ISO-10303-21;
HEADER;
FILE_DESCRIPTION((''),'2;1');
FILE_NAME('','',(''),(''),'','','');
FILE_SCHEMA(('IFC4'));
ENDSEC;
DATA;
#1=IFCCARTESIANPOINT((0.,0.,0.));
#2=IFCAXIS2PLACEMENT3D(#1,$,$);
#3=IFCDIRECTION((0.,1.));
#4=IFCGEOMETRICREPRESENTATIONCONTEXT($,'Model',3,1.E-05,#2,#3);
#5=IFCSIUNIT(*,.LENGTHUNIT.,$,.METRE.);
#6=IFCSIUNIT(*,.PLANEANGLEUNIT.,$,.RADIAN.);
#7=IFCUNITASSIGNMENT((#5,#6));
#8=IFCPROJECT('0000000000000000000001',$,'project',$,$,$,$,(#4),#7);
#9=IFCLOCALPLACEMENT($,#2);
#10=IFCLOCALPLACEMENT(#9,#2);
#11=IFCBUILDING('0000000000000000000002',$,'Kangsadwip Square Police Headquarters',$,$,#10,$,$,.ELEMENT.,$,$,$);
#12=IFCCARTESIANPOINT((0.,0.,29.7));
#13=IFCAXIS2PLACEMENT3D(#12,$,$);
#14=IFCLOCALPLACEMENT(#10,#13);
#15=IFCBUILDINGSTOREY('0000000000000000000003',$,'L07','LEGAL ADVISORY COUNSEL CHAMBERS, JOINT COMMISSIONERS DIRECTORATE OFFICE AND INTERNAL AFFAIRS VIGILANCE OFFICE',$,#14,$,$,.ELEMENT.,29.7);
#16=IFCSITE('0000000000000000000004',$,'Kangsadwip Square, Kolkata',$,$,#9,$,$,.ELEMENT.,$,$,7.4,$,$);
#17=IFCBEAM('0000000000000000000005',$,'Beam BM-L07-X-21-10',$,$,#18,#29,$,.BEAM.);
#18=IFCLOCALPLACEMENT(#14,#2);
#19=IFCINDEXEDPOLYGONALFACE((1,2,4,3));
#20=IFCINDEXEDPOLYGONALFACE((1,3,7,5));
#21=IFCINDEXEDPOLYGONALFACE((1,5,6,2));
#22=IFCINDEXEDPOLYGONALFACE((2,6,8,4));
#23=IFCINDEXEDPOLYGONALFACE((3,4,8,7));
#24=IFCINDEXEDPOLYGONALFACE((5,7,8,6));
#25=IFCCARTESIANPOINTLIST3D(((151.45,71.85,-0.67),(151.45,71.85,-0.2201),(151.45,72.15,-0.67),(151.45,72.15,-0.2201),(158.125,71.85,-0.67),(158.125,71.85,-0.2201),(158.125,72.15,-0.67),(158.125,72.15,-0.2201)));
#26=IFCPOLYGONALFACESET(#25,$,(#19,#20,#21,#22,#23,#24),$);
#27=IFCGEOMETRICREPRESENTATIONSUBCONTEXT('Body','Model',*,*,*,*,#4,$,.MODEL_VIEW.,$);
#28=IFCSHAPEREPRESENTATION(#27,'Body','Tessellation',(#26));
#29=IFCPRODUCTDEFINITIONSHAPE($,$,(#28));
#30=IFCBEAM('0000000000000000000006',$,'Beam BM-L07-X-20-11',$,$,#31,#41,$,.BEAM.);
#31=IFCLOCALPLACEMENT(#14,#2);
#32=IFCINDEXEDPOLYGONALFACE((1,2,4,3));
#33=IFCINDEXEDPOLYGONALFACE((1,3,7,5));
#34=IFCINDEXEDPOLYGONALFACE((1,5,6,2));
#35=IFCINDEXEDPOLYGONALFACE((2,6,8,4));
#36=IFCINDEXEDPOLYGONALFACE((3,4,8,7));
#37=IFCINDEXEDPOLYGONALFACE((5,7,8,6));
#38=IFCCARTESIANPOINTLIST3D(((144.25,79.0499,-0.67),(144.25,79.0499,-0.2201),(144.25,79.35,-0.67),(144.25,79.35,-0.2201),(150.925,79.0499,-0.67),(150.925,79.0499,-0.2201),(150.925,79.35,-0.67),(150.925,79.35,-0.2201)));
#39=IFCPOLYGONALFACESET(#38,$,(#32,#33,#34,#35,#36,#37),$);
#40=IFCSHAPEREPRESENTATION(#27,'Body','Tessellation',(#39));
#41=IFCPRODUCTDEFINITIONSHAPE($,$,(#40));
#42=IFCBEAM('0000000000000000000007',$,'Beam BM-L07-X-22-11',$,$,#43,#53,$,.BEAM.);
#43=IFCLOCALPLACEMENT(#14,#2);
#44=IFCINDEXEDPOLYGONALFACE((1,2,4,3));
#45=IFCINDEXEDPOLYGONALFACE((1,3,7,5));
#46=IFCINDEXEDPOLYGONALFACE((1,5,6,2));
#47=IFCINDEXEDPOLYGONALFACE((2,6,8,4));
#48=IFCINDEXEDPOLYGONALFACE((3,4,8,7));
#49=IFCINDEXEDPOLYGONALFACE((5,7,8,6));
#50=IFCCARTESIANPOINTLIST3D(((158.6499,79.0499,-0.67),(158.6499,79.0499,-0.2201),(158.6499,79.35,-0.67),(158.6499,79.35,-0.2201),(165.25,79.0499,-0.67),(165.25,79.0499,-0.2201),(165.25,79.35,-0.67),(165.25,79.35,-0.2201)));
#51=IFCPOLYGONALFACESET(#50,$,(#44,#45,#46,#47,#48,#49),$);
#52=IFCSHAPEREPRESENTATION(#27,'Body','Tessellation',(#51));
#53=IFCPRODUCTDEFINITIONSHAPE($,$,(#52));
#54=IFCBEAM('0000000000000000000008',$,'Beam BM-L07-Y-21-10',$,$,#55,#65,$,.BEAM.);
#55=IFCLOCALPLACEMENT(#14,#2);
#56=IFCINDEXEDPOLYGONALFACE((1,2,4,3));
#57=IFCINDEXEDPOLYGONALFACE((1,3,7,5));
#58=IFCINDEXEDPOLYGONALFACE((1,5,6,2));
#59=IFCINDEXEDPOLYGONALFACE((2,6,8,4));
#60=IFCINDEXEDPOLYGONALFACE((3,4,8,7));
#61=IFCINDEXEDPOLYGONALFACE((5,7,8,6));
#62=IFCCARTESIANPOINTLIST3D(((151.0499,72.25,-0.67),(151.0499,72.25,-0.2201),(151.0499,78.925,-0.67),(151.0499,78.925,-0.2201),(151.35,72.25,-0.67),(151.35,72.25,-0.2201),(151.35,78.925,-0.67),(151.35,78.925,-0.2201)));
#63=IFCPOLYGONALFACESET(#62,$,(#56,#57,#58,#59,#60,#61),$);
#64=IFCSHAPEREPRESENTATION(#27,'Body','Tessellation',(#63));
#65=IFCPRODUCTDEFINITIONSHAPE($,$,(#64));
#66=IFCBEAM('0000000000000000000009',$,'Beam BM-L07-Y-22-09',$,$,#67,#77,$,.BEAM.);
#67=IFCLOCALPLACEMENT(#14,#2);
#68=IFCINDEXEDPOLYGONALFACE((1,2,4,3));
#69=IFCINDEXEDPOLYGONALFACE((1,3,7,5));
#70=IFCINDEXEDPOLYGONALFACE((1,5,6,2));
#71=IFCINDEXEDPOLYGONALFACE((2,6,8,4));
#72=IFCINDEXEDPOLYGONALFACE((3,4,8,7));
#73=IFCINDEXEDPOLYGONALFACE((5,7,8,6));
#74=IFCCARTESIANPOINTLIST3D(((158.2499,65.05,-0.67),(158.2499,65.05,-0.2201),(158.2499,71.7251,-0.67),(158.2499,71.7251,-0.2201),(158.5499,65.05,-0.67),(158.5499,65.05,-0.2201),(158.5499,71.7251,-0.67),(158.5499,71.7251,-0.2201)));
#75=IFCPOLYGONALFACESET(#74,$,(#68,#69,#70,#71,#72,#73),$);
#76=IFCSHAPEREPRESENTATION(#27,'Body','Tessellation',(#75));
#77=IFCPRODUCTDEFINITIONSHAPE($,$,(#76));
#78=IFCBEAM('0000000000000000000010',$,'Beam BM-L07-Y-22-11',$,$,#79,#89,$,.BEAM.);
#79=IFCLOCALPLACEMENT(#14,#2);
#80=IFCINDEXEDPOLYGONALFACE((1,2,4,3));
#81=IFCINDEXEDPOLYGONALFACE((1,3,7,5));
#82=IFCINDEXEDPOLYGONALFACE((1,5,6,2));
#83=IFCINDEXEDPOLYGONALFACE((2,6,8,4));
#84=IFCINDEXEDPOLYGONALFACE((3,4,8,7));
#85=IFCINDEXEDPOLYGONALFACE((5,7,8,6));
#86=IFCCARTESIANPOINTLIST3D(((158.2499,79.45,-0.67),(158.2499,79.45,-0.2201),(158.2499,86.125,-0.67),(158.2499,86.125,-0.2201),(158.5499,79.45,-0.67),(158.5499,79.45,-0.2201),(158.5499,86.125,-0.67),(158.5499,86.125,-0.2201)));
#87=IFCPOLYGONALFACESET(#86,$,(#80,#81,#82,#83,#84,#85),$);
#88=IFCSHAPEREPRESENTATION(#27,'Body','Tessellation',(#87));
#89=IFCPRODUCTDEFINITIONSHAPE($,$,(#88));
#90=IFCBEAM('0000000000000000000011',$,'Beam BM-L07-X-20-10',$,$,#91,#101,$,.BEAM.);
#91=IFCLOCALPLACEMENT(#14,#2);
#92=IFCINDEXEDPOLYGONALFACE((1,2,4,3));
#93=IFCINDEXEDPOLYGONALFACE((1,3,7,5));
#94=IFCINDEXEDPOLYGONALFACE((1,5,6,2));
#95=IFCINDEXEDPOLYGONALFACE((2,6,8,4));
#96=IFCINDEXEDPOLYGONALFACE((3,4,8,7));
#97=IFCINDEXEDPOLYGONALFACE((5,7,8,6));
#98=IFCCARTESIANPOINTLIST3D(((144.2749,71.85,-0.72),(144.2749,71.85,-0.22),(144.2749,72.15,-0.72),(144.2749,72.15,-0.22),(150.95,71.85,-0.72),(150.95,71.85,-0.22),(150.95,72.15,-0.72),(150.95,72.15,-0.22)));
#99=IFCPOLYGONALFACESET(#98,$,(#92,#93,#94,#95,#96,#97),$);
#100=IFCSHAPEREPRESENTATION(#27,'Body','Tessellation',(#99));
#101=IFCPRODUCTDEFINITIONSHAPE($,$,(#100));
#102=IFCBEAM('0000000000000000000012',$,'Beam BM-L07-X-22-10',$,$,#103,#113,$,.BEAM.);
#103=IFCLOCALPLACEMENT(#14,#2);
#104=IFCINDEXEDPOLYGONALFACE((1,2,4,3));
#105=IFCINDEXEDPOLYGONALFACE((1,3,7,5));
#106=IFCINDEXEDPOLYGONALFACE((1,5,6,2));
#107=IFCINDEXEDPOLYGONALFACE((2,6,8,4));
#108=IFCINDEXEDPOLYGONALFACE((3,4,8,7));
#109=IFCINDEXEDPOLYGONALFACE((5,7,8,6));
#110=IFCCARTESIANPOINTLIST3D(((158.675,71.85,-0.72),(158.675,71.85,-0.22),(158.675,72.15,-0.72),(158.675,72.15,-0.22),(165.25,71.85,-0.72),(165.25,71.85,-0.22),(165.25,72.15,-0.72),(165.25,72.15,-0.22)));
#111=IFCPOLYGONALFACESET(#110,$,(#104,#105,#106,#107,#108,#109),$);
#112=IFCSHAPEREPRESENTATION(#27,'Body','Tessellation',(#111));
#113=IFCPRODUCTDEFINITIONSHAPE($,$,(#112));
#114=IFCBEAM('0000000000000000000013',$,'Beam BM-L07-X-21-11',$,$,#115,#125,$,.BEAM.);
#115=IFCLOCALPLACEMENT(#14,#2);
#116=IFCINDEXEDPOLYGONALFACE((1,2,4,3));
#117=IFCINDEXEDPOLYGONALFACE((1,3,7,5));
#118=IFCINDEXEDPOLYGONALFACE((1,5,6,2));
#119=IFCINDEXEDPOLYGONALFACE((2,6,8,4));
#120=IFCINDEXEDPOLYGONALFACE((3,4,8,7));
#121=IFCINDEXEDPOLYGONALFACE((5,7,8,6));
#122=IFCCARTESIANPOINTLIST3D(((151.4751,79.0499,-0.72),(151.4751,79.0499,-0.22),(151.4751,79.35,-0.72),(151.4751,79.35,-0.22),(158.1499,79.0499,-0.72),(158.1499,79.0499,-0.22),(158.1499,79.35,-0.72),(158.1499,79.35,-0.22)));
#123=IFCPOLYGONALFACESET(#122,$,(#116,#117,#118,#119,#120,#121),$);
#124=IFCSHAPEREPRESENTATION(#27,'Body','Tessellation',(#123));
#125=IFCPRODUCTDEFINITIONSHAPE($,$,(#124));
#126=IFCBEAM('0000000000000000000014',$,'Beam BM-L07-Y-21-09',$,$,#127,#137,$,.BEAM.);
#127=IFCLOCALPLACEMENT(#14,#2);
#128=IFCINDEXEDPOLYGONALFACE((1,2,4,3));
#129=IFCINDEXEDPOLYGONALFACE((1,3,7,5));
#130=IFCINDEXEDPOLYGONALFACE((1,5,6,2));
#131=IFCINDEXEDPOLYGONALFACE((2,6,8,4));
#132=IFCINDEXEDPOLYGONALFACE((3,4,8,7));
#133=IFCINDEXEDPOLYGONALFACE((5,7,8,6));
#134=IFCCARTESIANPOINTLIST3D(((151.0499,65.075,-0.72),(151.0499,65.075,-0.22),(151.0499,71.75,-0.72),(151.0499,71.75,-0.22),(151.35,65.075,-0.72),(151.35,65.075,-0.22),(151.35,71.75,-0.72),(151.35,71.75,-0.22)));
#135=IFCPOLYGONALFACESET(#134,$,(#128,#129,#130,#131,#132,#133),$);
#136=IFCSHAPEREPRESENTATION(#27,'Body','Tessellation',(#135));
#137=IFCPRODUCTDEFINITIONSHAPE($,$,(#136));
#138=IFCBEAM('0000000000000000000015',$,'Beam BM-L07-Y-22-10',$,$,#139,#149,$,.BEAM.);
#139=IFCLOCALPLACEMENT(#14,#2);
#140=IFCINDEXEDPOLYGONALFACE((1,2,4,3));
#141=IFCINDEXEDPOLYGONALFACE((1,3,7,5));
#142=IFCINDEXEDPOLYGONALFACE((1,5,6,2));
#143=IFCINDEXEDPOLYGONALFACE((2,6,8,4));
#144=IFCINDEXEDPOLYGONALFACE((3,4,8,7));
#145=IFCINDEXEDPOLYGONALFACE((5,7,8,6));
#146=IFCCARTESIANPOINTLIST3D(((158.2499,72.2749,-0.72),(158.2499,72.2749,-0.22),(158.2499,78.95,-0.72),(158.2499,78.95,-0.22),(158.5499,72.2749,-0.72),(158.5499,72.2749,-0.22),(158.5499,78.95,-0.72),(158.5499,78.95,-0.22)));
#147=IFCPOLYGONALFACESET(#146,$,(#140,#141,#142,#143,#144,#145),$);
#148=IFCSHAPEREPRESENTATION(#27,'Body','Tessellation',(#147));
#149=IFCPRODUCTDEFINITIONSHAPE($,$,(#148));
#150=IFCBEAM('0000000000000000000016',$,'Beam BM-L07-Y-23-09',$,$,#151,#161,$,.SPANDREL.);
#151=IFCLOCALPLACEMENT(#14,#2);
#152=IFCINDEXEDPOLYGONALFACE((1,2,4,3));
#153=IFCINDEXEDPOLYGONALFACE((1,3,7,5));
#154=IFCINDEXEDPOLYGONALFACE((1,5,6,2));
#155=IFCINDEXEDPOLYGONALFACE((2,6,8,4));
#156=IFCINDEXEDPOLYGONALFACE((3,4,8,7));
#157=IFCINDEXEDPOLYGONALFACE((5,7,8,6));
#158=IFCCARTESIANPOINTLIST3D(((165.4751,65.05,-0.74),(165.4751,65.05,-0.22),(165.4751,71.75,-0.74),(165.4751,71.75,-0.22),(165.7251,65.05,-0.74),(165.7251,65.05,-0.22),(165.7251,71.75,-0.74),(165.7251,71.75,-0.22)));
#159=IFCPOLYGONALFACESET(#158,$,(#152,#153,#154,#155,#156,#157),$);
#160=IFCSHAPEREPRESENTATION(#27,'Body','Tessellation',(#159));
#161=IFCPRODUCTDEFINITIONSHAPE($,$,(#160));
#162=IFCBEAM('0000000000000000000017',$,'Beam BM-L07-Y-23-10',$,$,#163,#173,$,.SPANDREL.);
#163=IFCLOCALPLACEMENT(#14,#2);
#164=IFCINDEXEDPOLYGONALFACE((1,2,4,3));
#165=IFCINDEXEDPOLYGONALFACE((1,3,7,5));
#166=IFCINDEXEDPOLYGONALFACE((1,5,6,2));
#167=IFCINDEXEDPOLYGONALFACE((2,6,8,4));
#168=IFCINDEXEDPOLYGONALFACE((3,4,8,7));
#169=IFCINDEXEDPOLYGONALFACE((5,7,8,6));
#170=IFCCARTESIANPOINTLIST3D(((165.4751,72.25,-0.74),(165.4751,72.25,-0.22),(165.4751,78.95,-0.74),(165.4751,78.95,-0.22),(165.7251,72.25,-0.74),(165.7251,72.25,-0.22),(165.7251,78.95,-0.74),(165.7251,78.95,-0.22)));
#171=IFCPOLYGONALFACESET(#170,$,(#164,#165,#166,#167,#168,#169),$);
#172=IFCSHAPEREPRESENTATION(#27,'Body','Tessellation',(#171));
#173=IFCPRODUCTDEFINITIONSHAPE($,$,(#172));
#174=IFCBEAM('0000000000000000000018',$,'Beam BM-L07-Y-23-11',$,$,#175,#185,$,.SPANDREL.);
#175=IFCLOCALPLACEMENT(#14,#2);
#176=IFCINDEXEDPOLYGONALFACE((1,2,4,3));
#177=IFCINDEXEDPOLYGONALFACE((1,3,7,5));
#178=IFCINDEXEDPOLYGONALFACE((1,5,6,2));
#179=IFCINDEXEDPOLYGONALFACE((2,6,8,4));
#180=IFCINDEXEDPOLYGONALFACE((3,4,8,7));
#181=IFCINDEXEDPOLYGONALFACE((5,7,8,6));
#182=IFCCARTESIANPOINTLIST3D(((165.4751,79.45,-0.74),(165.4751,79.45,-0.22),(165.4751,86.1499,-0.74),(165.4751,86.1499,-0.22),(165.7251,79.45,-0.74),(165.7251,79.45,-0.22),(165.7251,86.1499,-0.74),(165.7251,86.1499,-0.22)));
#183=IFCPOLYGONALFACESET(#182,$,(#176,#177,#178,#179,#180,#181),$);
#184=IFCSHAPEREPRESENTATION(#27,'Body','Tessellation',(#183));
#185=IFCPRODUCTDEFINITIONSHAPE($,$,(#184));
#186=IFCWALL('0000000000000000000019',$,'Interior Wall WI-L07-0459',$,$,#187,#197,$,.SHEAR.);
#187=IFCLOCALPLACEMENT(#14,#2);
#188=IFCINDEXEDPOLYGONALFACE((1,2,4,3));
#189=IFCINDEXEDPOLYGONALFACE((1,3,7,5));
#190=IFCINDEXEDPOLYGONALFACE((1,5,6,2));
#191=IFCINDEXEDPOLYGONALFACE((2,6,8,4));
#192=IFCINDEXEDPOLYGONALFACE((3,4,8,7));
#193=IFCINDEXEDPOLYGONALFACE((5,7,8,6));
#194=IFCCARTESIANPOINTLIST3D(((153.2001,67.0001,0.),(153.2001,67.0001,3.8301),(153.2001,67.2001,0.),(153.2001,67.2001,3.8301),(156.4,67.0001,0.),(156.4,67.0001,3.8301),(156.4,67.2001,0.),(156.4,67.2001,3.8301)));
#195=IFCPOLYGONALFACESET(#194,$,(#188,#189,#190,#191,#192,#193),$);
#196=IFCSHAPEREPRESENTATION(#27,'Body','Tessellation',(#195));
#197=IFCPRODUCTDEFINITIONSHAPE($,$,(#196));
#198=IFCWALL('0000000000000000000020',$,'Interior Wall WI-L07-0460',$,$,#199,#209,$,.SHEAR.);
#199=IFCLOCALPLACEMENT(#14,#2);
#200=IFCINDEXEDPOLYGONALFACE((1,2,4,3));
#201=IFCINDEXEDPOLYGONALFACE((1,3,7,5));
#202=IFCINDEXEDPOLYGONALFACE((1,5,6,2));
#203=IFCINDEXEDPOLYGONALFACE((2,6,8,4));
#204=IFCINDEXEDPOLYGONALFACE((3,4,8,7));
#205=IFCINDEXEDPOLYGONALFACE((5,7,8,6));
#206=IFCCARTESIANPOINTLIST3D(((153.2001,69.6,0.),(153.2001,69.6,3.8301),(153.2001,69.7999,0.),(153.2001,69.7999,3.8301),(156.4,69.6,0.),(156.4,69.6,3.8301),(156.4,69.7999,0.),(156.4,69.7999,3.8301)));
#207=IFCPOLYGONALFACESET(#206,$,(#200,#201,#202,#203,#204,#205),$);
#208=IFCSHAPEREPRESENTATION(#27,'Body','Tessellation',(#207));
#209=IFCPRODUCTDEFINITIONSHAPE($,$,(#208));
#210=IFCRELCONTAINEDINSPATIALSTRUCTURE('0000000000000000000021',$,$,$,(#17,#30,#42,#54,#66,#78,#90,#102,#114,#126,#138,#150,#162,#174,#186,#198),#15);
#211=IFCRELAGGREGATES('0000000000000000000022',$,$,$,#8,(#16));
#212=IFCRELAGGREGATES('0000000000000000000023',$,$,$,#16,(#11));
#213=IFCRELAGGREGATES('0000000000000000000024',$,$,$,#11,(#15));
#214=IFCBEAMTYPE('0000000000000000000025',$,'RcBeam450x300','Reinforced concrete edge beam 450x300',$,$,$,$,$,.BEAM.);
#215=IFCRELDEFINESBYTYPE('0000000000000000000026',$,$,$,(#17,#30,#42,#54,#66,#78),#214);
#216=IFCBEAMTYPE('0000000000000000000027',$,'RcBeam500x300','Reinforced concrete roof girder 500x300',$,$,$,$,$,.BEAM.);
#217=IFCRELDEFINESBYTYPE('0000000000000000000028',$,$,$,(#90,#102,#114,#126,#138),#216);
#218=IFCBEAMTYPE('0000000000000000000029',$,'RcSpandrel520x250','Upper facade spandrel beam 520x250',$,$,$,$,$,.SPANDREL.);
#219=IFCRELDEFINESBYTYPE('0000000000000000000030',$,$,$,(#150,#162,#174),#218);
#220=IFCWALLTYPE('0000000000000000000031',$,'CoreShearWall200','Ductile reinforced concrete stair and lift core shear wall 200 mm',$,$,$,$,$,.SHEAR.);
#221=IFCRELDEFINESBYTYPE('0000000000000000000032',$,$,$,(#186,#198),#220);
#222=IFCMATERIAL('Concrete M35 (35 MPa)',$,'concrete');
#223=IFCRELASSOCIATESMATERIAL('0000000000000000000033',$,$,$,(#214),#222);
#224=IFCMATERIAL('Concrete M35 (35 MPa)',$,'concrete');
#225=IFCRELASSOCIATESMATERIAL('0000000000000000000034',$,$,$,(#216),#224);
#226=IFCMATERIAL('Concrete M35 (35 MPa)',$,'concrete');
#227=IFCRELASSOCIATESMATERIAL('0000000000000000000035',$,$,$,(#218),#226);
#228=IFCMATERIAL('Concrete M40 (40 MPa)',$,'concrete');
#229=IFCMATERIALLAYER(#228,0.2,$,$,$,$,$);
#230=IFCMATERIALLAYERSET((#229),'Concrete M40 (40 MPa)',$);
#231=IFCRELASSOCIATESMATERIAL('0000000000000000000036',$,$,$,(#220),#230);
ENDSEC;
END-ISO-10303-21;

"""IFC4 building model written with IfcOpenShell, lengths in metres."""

from ifc_helpers import new_model, si_unit, direction, frame, frame_2d, origin, origin_2d, place, context, subcontext, project, spatial, rectangle, extrude, material, layer, layer_set, material_profile, profile_set, type_object, element, save


model = new_model("IFC4")

# Units and contexts
model_context = context("Model", 3, precision=1e-05, world=origin(), true_north=direction((0.0, 1.0)))
body_context = subcontext(model_context, "Body", "Model", "MODEL_VIEW")
ifc_project = project(units=[si_unit("LENGTHUNIT", "METRE"), si_unit("PLANEANGLEUNIT", "RADIAN")], contexts=[model_context])

# Site, building, storey
site_placement = place(None, origin())
site = spatial("IfcSite", under=ifc_project, at=site_placement, Name="Kangsadwip Square, Kolkata", CompositionType="ELEMENT", RefElevation=7.4)
building_placement = place(site_placement, origin())
building = spatial("IfcBuilding", under=site, at=building_placement, Name="Kangsadwip Square Police Headquarters", CompositionType="ELEMENT")
storey_placement = place(building_placement, frame((0.0, 0.0, 29.7)))
storey = spatial("IfcBuildingStorey", under=building, at=storey_placement, Name="L07", Description="LEGAL ADVISORY COUNSEL CHAMBERS, JOINT COMMISSIONERS DIRECTORATE OFFICE AND INTERNAL AFFAIRS VIGILANCE OFFICE", CompositionType="ELEMENT", Elevation=29.7)

# Beams
ifc_material_1 = material(Name="Concrete M35 (35 MPa)", Category="concrete")
ifc_material_profile_1 = material_profile(ifc_material_1, rectangle(XDim=0.3, YDim=0.45, at=origin_2d()), Name="RC BM 450X300")
ifc_profile_set_1 = profile_set([ifc_material_profile_1], Name="Concrete M35 (35 MPa)")
beam_type_1 = type_object("IfcBeamType", Name="RcBeam450x300", Description="Reinforced concrete edge beam 450x300", PredefinedType="BEAM", material=ifc_profile_set_1)
for number, where, z_axis, x_axis, name in (
    (1, (151.45, 72.0, -0.4451), (1.0, 0.0, 0.0), (0.0, 1.0, 0.0), "Beam BM-L07-X-21-10"),
    (2, (144.25, 79.2, -0.4451), (1.0, 0.0, 0.0), (0.0, 1.0, 0.0), "Beam BM-L07-X-20-11"),
):
    element("IfcBeam", number, at=place(storey_placement, frame(where, z_axis=z_axis, x_axis=x_axis)), inside=storey, type_object=beam_type_1, Name=name, PredefinedType="BEAM", context=body_context, shape_type="SweptSolid", body=[
        extrude(rectangle(XDim=0.3, YDim=0.45, at=origin_2d()), origin(), (0.0, 0.0, 1.0), 6.675),
    ])
beam_1_placement = place(storey_placement, frame((158.6499, 79.2, -0.4451), z_axis=(1.0, 0.0, 0.0), x_axis=(0.0, 1.0, 0.0)))
element("IfcBeam", 3, at=beam_1_placement, inside=storey, type_object=beam_type_1, Name="Beam BM-L07-X-22-11", PredefinedType="BEAM", context=body_context, shape_type="SweptSolid", body=[
    extrude(rectangle(XDim=0.3, YDim=0.45, at=origin_2d()), origin(), (0.0, 0.0, 1.0), 6.6001),
])
for number, where, z_axis, x_axis, name in (
    (4, (151.2, 72.25, -0.4451), (0.0, 1.0, 0.0), (-1.0, 0.0, 0.0), "Beam BM-L07-Y-21-10"),
    (5, (158.3999, 65.05, -0.4451), (0.0, 1.0, 0.0), (-1.0, 0.0, 0.0), "Beam BM-L07-Y-22-09"),
    (6, (158.3999, 79.45, -0.4451), (0.0, 1.0, 0.0), (-1.0, 0.0, 0.0), "Beam BM-L07-Y-22-11"),
):
    element("IfcBeam", number, at=place(storey_placement, frame(where, z_axis=z_axis, x_axis=x_axis)), inside=storey, type_object=beam_type_1, Name=name, PredefinedType="BEAM", context=body_context, shape_type="SweptSolid", body=[
        extrude(rectangle(XDim=0.3, YDim=0.45, at=origin_2d()), origin(), (0.0, 0.0, 1.0), 6.675),
    ])
ifc_material_2 = material(Name="Concrete M35 (35 MPa)", Category="concrete")
ifc_material_profile_2 = material_profile(ifc_material_2, rectangle(XDim=0.3, YDim=0.5, at=origin_2d()), Name="RC BM 500X300")
ifc_profile_set_2 = profile_set([ifc_material_profile_2], Name="Concrete M35 (35 MPa)")
beam_type_2 = type_object("IfcBeamType", Name="RcBeam500x300", Description="Reinforced concrete roof girder 500x300", PredefinedType="BEAM", material=ifc_profile_set_2)
beam_2_placement = place(storey_placement, frame((144.2749, 72.0, -0.47), z_axis=(1.0, 0.0, 0.0), x_axis=(0.0, 1.0, 0.0)))
element("IfcBeam", 7, at=beam_2_placement, inside=storey, type_object=beam_type_2, Name="Beam BM-L07-X-20-10", PredefinedType="BEAM", context=body_context, shape_type="SweptSolid", body=[
    extrude(rectangle(XDim=0.3, YDim=0.5, at=origin_2d()), origin(), (0.0, 0.0, 1.0), 6.675),
])
beam_3_placement = place(storey_placement, frame((158.675, 72.0, -0.47), z_axis=(1.0, 0.0, 0.0), x_axis=(0.0, 1.0, 0.0)))
element("IfcBeam", 8, at=beam_3_placement, inside=storey, type_object=beam_type_2, Name="Beam BM-L07-X-22-10", PredefinedType="BEAM", context=body_context, shape_type="SweptSolid", body=[
    extrude(rectangle(XDim=0.3, YDim=0.5, at=origin_2d()), origin(), (0.0, 0.0, 1.0), 6.575),
])
beam_4_placement = place(storey_placement, frame((151.4751, 79.2, -0.47), z_axis=(1.0, 0.0, 0.0), x_axis=(0.0, 1.0, 0.0)))
element("IfcBeam", 9, at=beam_4_placement, inside=storey, type_object=beam_type_2, Name="Beam BM-L07-X-21-11", PredefinedType="BEAM", context=body_context, shape_type="SweptSolid", body=[
    extrude(rectangle(XDim=0.3, YDim=0.5, at=origin_2d()), origin(), (0.0, 0.0, 1.0), 6.6748),
])
for number, where, z_axis, x_axis, name in (
    (10, (151.2, 65.075, -0.47), (0.0, 1.0, 0.0), (-1.0, 0.0, 0.0), "Beam BM-L07-Y-21-09"),
    (11, (158.3999, 72.2749, -0.47), (0.0, 1.0, 0.0), (-1.0, 0.0, 0.0), "Beam BM-L07-Y-22-10"),
):
    element("IfcBeam", number, at=place(storey_placement, frame(where, z_axis=z_axis, x_axis=x_axis)), inside=storey, type_object=beam_type_2, Name=name, PredefinedType="BEAM", context=body_context, shape_type="SweptSolid", body=[
        extrude(rectangle(XDim=0.3, YDim=0.5, at=origin_2d()), origin(), (0.0, 0.0, 1.0), 6.675),
    ])
ifc_material_3 = material(Name="Concrete M35 (35 MPa)", Category="concrete")
ifc_material_profile_3 = material_profile(ifc_material_3, rectangle(XDim=0.25, YDim=0.52, at=origin_2d()), Name="RC SPN 520X250")
ifc_profile_set_3 = profile_set([ifc_material_profile_3], Name="Concrete M35 (35 MPa)")
beam_type_3 = type_object("IfcBeamType", Name="RcSpandrel520x250", Description="Upper facade spandrel beam 520x250", PredefinedType="SPANDREL", material=ifc_profile_set_3)
for number, where, z_axis, x_axis, name in (
    (12, (165.6001, 65.05, -0.48), (0.0, 1.0, 0.0), (-1.0, 0.0, 0.0), "Beam BM-L07-Y-23-09"),
    (13, (165.6001, 72.25, -0.48), (0.0, 1.0, 0.0), (-1.0, 0.0, 0.0), "Beam BM-L07-Y-23-10"),
    (14, (165.6001, 79.45, -0.48), (0.0, 1.0, 0.0), (-1.0, 0.0, 0.0), "Beam BM-L07-Y-23-11"),
):
    element("IfcBeam", number, at=place(storey_placement, frame(where, z_axis=z_axis, x_axis=x_axis)), inside=storey, type_object=beam_type_3, Name=name, PredefinedType="SPANDREL", context=body_context, shape_type="SweptSolid", body=[
        extrude(rectangle(XDim=0.25, YDim=0.52, at=origin_2d()), origin(), (0.0, 0.0, 1.0), 6.7),
    ])

# Walls
ifc_material_4 = material(Name="Concrete M40 (40 MPa)", Category="concrete")
ifc_layer_1 = layer(ifc_material_4, 0.2)
ifc_layer_set_1 = layer_set([ifc_layer_1], Name="Concrete M40 (40 MPa)")
wall_type_1 = type_object("IfcWallType", Name="CoreShearWall200", Description="Ductile reinforced concrete stair and lift core shear wall 200 mm", PredefinedType="SHEAR", material=ifc_layer_set_1)
for number, where, z_axis, x_axis, name in (
    (15, (153.2, 67.1001, 0.0), (0.0, 0.0, 1.0), (1.0, 0.0, 0.0), "Interior Wall WI-L07-0459"),
    (16, (153.2, 69.7, 0.0), (0.0, 0.0, 1.0), (1.0, 0.0, 0.0), "Interior Wall WI-L07-0460"),
):
    element("IfcWall", number, at=place(storey_placement, frame(where, z_axis=z_axis, x_axis=x_axis)), inside=storey, type_object=wall_type_1, Name=name, PredefinedType="SHEAR", context=body_context, shape_type="SweptSolid", body=[
        extrude(rectangle(XDim=3.2, YDim=0.2, at=frame_2d((1.6001, 0.0))), origin(), (0.0, 0.0, 1.0), 3.8301),
    ])

save(model, "model.ifc")
